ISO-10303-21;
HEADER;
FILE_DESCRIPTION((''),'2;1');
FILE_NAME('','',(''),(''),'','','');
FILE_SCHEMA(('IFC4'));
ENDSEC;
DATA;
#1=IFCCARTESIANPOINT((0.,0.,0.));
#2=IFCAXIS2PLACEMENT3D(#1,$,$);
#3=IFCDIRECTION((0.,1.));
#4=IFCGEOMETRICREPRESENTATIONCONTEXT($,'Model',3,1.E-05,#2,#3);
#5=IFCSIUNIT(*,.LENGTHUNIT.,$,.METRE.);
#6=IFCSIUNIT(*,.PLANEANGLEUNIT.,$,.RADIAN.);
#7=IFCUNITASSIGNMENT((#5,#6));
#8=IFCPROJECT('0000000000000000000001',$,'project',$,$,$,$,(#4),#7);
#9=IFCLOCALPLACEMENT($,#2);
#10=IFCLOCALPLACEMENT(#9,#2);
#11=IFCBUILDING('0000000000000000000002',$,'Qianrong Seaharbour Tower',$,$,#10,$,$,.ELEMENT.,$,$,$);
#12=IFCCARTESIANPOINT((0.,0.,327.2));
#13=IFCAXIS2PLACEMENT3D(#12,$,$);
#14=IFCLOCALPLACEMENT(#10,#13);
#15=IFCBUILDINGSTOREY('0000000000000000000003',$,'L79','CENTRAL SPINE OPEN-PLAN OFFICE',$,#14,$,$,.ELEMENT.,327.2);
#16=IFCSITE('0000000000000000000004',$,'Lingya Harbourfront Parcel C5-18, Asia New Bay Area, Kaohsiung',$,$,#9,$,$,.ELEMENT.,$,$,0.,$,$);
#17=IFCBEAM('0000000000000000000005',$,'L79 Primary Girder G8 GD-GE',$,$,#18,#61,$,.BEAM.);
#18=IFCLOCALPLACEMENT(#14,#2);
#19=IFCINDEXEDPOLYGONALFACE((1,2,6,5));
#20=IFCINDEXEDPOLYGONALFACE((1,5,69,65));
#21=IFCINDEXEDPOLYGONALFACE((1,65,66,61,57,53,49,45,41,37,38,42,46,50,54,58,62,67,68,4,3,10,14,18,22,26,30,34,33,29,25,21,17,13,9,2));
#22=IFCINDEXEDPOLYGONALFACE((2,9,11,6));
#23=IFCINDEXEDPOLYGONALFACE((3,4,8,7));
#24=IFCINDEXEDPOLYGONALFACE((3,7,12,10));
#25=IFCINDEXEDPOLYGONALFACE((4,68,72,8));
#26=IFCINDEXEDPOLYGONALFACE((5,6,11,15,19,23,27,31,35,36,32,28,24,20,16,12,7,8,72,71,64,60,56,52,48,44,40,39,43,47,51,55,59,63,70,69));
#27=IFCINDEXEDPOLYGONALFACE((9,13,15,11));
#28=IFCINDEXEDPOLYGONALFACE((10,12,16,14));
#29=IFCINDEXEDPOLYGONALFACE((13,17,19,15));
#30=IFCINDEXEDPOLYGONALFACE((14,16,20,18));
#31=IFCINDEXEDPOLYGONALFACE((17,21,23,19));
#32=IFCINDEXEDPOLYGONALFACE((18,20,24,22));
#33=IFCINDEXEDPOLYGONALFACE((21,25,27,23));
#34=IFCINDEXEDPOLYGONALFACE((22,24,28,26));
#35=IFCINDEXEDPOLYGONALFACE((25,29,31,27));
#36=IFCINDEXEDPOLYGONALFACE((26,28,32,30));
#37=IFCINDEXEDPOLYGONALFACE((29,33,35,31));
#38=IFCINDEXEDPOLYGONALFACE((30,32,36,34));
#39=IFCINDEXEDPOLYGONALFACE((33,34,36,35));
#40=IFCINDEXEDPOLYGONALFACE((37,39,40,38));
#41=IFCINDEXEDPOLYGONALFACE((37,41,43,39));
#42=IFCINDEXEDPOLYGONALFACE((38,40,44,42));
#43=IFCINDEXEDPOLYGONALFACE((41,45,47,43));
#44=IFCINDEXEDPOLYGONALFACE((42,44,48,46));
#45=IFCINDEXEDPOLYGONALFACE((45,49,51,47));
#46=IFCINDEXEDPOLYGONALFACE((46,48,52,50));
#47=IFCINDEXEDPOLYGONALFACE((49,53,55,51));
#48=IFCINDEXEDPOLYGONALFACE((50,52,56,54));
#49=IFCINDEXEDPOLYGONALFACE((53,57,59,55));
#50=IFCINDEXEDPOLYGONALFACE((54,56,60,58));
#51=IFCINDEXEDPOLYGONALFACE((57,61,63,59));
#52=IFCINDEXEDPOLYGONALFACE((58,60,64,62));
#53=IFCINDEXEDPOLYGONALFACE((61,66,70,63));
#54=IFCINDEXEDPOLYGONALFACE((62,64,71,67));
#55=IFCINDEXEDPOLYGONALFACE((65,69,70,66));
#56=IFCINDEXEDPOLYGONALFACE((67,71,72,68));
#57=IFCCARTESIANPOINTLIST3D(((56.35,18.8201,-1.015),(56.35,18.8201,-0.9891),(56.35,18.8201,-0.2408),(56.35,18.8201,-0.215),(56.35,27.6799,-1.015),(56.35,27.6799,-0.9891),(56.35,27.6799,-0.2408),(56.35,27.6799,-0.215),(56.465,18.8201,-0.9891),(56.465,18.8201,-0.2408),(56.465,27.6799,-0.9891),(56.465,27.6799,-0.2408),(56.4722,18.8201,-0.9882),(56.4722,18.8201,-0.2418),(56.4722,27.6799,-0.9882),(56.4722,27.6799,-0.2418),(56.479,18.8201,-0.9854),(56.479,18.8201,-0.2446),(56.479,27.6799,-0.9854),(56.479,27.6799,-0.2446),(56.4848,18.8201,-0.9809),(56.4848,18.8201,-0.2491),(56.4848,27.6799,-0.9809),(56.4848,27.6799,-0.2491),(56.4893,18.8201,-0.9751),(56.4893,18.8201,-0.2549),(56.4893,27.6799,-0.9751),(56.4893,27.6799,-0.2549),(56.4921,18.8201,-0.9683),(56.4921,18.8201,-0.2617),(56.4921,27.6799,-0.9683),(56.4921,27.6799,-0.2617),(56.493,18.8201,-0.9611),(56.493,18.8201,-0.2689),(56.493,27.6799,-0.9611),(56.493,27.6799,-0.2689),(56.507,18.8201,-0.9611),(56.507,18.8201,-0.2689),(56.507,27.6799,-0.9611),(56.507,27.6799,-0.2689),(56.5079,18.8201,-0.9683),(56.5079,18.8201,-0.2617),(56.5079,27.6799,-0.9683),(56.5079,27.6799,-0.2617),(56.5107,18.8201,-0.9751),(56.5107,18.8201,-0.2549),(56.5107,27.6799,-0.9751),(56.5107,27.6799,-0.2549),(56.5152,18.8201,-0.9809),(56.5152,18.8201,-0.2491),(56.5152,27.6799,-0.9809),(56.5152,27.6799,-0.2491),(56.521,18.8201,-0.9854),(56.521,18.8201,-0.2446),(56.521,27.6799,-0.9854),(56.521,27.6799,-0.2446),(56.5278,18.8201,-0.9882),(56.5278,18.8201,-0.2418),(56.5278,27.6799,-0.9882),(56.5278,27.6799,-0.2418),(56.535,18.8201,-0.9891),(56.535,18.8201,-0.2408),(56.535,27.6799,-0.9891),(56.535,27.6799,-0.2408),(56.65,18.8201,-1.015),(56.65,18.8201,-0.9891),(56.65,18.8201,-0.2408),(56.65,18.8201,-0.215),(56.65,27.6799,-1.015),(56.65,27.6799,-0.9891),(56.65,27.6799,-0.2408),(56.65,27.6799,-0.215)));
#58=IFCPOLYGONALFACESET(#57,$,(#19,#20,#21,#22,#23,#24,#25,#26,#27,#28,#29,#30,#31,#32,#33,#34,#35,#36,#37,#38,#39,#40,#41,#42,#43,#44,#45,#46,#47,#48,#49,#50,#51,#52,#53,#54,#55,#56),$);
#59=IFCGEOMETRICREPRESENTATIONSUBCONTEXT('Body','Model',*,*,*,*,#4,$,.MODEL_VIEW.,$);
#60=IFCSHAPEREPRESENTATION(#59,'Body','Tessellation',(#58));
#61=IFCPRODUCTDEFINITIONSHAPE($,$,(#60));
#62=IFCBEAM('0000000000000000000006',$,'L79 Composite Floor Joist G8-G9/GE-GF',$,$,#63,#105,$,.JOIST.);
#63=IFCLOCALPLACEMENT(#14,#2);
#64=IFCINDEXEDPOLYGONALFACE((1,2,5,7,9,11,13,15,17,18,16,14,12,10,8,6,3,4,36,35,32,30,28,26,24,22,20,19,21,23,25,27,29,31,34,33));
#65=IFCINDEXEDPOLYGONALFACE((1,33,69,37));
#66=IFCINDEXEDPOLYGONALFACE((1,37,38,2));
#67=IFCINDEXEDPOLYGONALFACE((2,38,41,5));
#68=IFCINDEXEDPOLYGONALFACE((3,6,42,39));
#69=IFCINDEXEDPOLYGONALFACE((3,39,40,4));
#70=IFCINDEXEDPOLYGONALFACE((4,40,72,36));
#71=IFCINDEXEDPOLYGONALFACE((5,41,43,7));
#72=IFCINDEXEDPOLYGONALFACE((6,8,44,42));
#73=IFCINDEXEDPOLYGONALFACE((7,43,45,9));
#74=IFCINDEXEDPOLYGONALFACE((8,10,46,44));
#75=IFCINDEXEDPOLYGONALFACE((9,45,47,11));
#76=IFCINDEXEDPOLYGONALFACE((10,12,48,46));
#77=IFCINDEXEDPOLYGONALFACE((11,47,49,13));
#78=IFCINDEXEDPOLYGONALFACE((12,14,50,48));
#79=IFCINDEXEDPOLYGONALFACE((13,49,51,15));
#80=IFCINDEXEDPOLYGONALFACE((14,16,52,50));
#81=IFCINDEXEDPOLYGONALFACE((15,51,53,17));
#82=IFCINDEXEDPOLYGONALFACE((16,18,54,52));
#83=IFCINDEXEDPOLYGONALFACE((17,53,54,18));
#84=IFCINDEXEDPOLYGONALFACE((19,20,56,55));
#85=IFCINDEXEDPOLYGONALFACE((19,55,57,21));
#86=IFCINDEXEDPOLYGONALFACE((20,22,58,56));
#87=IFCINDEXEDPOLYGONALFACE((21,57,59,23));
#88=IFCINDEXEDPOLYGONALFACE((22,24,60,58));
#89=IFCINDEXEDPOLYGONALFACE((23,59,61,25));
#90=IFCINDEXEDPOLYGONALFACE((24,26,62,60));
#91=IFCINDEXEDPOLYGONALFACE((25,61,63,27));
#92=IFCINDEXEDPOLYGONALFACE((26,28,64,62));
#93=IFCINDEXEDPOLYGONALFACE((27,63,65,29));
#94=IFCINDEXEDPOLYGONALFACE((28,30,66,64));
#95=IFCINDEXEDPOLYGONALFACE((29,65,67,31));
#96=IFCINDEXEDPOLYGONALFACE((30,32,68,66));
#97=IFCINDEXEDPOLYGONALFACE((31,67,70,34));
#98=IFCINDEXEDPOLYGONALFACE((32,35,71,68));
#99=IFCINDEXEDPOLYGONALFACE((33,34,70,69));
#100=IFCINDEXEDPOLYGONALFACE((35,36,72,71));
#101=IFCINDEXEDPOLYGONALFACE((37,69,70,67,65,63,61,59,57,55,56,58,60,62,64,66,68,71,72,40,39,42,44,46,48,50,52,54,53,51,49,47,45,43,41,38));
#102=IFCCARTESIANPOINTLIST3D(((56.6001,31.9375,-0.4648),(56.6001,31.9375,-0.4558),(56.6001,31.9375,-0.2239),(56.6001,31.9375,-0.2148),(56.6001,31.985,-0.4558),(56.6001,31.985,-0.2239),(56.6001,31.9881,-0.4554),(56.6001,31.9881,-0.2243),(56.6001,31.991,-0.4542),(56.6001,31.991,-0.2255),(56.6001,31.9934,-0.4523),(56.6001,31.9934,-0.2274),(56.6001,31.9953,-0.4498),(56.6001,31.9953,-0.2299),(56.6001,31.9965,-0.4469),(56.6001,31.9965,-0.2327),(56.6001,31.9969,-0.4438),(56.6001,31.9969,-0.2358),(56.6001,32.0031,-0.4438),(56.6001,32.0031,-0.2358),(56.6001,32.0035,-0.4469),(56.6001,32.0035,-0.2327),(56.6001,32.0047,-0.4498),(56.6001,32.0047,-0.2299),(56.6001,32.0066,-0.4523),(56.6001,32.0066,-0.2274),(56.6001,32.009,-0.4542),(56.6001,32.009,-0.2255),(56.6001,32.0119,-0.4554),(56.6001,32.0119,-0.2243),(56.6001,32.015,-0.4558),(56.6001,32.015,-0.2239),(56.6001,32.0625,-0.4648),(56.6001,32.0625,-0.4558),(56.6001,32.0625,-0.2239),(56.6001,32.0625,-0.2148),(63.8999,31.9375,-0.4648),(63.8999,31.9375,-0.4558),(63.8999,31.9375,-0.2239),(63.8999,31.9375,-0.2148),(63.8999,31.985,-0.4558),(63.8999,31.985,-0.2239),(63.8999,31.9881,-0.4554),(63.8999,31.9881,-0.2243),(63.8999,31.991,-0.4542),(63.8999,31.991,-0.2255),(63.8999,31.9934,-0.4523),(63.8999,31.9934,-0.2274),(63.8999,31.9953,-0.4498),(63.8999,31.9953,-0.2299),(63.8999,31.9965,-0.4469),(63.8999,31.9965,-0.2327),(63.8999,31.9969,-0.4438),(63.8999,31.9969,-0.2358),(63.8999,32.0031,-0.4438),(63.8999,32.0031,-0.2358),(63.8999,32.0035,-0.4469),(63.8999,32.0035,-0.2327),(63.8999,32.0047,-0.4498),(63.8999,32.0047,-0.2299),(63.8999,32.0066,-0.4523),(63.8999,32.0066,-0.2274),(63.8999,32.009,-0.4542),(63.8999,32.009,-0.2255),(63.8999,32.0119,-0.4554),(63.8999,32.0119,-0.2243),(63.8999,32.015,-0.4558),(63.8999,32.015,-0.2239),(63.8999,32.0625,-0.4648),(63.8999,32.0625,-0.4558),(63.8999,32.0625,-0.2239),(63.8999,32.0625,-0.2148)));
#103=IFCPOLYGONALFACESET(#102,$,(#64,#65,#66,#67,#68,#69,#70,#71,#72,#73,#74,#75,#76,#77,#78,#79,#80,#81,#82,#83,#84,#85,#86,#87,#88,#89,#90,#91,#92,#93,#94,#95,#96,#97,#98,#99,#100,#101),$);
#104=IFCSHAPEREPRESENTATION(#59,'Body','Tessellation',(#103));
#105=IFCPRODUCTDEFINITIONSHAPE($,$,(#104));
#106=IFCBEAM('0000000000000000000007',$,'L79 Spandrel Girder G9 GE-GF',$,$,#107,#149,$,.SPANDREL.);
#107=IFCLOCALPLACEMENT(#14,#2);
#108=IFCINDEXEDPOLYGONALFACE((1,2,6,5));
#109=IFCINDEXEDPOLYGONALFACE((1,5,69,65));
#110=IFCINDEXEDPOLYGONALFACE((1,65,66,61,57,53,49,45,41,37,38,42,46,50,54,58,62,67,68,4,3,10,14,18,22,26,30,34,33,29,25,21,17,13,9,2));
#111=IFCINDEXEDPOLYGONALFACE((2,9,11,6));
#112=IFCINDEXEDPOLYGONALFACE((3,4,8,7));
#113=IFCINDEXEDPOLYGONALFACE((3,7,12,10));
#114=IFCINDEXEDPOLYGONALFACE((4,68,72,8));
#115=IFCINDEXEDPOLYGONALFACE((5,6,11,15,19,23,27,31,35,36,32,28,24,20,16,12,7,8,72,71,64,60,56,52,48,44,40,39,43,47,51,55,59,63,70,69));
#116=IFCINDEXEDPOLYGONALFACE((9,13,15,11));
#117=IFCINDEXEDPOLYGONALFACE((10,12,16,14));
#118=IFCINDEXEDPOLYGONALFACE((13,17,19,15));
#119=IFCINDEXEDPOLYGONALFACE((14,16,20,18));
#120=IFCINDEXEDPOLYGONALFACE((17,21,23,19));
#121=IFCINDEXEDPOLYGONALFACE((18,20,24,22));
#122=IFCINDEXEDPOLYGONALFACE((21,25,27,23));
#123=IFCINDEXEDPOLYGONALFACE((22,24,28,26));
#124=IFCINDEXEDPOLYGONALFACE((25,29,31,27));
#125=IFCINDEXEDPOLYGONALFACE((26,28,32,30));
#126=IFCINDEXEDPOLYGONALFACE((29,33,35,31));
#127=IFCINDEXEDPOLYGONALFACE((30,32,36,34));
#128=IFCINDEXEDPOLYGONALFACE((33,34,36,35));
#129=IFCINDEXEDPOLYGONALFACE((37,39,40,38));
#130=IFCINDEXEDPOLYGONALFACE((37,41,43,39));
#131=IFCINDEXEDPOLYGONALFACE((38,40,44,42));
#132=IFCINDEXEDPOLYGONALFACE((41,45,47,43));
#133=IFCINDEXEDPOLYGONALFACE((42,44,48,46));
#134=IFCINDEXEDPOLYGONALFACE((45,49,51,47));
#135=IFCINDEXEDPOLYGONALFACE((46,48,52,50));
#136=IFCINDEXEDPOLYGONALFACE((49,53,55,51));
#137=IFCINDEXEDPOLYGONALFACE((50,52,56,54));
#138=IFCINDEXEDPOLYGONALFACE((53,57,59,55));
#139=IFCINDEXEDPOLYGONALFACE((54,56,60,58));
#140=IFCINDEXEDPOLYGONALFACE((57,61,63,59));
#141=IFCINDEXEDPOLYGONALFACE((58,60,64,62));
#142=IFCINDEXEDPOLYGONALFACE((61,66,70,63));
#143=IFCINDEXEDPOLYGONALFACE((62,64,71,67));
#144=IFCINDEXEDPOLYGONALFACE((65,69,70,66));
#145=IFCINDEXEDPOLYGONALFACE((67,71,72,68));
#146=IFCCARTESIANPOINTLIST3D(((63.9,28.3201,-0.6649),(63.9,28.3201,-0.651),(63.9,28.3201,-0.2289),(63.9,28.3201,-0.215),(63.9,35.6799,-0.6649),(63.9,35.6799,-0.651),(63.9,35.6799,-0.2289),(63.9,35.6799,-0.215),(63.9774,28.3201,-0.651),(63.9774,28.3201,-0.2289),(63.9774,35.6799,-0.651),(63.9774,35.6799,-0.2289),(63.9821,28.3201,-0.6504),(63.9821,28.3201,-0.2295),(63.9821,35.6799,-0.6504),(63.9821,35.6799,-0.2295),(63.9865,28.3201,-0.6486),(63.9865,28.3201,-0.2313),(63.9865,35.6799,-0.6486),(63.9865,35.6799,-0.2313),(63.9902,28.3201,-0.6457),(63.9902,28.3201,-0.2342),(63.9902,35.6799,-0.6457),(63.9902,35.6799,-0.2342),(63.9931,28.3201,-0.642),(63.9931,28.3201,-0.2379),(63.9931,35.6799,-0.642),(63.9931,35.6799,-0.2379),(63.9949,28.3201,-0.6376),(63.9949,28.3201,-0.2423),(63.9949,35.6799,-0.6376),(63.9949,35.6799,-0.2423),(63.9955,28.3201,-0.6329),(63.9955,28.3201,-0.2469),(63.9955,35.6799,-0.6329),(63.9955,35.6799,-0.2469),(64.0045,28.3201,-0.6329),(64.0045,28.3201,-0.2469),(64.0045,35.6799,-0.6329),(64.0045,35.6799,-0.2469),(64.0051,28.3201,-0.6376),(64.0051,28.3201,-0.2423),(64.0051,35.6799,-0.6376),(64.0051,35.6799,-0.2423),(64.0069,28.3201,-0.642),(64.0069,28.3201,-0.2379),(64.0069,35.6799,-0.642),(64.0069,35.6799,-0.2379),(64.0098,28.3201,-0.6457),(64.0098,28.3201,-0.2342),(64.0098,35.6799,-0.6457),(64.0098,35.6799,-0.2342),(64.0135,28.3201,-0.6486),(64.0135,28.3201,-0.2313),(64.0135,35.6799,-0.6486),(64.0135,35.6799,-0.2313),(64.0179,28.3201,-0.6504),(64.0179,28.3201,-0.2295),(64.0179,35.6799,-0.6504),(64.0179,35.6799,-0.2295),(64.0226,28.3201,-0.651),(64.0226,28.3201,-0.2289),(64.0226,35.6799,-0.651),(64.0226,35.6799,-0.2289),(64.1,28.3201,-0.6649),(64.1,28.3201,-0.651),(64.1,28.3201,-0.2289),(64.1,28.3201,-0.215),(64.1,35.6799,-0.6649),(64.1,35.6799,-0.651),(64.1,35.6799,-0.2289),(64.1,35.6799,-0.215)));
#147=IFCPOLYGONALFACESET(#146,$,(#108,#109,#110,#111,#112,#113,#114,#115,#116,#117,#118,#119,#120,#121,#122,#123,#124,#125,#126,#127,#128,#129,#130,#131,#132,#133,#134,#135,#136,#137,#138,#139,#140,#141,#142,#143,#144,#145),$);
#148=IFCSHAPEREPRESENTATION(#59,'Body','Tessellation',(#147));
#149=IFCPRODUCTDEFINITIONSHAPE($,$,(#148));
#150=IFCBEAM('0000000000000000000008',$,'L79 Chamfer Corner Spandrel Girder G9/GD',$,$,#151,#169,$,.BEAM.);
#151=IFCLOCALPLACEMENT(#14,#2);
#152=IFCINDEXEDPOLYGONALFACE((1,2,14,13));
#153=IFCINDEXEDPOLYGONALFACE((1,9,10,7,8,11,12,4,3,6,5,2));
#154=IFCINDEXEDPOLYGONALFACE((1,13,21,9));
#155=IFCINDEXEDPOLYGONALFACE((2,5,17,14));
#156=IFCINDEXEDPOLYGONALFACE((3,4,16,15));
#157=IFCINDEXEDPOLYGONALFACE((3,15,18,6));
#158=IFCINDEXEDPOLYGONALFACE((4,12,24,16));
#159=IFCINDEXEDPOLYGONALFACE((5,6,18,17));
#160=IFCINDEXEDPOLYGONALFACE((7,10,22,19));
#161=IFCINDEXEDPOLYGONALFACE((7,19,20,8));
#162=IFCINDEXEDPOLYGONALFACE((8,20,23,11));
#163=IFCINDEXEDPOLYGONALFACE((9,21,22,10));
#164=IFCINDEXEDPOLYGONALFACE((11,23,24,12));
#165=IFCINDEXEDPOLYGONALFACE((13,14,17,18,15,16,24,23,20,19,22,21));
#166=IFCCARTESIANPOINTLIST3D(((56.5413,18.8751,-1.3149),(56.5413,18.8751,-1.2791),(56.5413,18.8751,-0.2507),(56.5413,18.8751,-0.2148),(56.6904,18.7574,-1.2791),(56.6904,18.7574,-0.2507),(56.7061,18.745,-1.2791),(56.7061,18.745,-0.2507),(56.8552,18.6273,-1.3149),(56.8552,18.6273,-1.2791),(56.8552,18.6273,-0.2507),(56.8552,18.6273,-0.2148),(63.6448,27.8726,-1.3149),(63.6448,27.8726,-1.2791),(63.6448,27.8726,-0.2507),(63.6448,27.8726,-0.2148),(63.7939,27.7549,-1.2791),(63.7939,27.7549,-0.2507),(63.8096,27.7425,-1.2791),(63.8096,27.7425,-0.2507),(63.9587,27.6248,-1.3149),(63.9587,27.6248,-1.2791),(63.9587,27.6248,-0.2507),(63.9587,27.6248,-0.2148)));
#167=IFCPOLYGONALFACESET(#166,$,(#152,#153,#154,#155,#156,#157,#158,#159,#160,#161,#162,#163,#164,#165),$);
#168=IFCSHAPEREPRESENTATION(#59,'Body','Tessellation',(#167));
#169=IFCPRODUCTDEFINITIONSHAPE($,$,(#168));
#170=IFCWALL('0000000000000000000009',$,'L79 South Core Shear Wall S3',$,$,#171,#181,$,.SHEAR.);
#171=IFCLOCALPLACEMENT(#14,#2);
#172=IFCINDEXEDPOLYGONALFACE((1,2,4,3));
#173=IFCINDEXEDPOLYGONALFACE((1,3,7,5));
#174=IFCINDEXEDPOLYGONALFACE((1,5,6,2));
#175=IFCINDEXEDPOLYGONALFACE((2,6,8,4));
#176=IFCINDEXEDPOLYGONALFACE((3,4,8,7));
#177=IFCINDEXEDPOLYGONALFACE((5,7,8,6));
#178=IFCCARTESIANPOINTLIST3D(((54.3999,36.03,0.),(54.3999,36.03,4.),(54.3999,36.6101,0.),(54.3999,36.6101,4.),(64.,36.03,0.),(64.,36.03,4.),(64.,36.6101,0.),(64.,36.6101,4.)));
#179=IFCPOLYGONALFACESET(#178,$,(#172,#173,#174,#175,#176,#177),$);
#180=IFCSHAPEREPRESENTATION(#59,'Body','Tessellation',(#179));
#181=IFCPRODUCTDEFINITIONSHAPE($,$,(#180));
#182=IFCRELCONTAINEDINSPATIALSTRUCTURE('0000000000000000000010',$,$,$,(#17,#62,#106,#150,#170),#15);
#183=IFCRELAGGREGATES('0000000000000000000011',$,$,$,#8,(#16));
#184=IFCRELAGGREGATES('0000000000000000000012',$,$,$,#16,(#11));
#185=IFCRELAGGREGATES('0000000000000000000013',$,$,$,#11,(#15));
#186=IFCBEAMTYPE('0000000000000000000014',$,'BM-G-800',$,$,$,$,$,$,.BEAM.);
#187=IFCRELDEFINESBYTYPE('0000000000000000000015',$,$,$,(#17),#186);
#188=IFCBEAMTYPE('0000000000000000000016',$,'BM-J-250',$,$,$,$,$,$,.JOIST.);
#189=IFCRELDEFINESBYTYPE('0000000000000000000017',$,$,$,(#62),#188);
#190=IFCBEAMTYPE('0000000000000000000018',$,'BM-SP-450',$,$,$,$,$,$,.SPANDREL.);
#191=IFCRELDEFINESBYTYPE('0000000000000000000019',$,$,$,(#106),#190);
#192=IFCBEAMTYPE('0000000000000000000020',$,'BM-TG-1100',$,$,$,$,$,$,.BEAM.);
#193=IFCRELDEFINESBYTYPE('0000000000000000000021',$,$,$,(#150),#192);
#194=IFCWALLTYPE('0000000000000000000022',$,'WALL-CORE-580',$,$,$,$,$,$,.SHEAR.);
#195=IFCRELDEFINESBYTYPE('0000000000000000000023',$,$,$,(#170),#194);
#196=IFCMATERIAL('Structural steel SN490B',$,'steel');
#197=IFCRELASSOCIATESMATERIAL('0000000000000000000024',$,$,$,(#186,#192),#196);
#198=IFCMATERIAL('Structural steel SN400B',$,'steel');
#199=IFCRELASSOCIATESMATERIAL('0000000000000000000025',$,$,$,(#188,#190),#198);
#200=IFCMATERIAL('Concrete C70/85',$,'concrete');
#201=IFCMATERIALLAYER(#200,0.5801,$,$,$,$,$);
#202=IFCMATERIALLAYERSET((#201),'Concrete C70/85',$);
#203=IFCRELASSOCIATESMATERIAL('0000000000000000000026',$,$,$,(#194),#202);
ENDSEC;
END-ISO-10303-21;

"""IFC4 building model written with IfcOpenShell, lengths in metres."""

from ifc_helpers import new_model, si_unit, direction, frame, frame_2d, origin, origin_2d, place, context, subcontext, project, spatial, rectangle, i_section, extrude, material, layer, layer_set, material_profile, profile_set, type_object, element, save


model = new_model("IFC4")

# Units and contexts
model_context = context("Model", 3, precision=1e-05, world=origin(), true_north=direction((0.0, 1.0)))
body_context = subcontext(model_context, "Body", "Model", "MODEL_VIEW")
ifc_project = project(units=[si_unit("LENGTHUNIT", "METRE"), si_unit("PLANEANGLEUNIT", "RADIAN")], contexts=[model_context])

# Site, building, storey
site_placement = place(None, origin())
site = spatial("IfcSite", under=ifc_project, at=site_placement, Name="Lingya Harbourfront Parcel C5-18, Asia New Bay Area, Kaohsiung", CompositionType="ELEMENT", RefElevation=0.0)
building_placement = place(site_placement, origin())
building = spatial("IfcBuilding", under=site, at=building_placement, Name="Qianrong Seaharbour Tower", CompositionType="ELEMENT")
storey_placement = place(building_placement, frame((0.0, 0.0, 327.2)))
storey = spatial("IfcBuildingStorey", under=building, at=storey_placement, Name="L79", Description="CENTRAL SPINE OPEN-PLAN OFFICE", CompositionType="ELEMENT", Elevation=327.2)

# Shared definitions
ifc_material_1 = material(Name="Structural steel SN490B", Category="steel")
ifc_material_2 = material(Name="Structural steel SN400B", Category="steel")

# Beams
ifc_material_profile_1 = material_profile(ifc_material_1, i_section(OverallWidth=0.3, OverallDepth=0.8, WebThickness=0.0139, FlangeThickness=0.0259, FilletRadius=0.0281, at=origin_2d()), Name="H800x300x14x26")
ifc_profile_set_1 = profile_set([ifc_material_profile_1], Name="Structural steel SN490B")
beam_type_1 = type_object("IfcBeamType", Name="BM-G-800", PredefinedType="BEAM", material=ifc_profile_set_1)
beam_1_placement = place(storey_placement, frame((56.5, 18.8201, -0.615), z_axis=(0.0, 1.0, 0.0), x_axis=(-1.0, 0.0, 0.0)))
element("IfcBeam", 1, at=beam_1_placement, inside=storey, type_object=beam_type_1, Name="L79 Primary Girder G8 GD-GE", PredefinedType="BEAM", context=body_context, shape_type="SweptSolid", body=[
    extrude(i_section(OverallWidth=0.3, OverallDepth=0.8, WebThickness=0.0139, FlangeThickness=0.0259, FilletRadius=0.0281, at=origin_2d()), origin(), (0.0, 0.0, 1.0), 8.8599),
])
ifc_material_profile_2 = material_profile(ifc_material_2, i_section(OverallWidth=0.125, OverallDepth=0.25, WebThickness=0.0061, FlangeThickness=0.009, FilletRadius=0.012, at=origin_2d()), Name="H250x125x6x9")
ifc_profile_set_2 = profile_set([ifc_material_profile_2], Name="Structural steel SN400B")
beam_type_2 = type_object("IfcBeamType", Name="BM-J-250", PredefinedType="JOIST", material=ifc_profile_set_2)
beam_2_placement = place(storey_placement, frame((56.6001, 32.0, -0.3398), z_axis=(1.0, 0.0, 0.0), x_axis=(0.0, 1.0, 0.0)))
element("IfcBeam", 2, at=beam_2_placement, inside=storey, type_object=beam_type_2, Name="L79 Composite Floor Joist G8-G9/GE-GF", PredefinedType="JOIST", context=body_context, shape_type="SweptSolid", body=[
    extrude(i_section(OverallWidth=0.125, OverallDepth=0.25, WebThickness=0.0061, FlangeThickness=0.009, FilletRadius=0.012, at=origin_2d()), origin(), (0.0, 0.0, 1.0), 7.2998),
])
ifc_material_profile_3 = material_profile(ifc_material_2, i_section(OverallWidth=0.2, OverallDepth=0.45, WebThickness=0.009, FlangeThickness=0.0139, FilletRadius=0.0181, at=origin_2d()), Name="H450x200x9x14")
ifc_profile_set_3 = profile_set([ifc_material_profile_3], Name="Structural steel SN400B")
beam_type_3 = type_object("IfcBeamType", Name="BM-SP-450", PredefinedType="SPANDREL", material=ifc_profile_set_3)
beam_3_placement = place(storey_placement, frame((64.0, 28.3201, -0.4399), z_axis=(0.0, 1.0, 0.0), x_axis=(-1.0, 0.0, 0.0)))
element("IfcBeam", 3, at=beam_3_placement, inside=storey, type_object=beam_type_3, Name="L79 Spandrel Girder G9 GE-GF", PredefinedType="SPANDREL", context=body_context, shape_type="SweptSolid", body=[
    extrude(i_section(OverallWidth=0.2, OverallDepth=0.45, WebThickness=0.009, FlangeThickness=0.0139, FilletRadius=0.0181, at=origin_2d()), origin(), (0.0, 0.0, 1.0), 7.3599),
])
ifc_material_profile_4 = material_profile(ifc_material_1, i_section(OverallWidth=0.3999, OverallDepth=1.1001, WebThickness=0.02, FlangeThickness=0.0359, at=origin_2d()), Name="BH1100x400x20x36")
ifc_profile_set_4 = profile_set([ifc_material_profile_4], Name="Structural steel SN490B")
beam_type_4 = type_object("IfcBeamType", Name="BM-TG-1100", PredefinedType="BEAM", material=ifc_profile_set_4)
beam_4_placement = place(storey_placement, frame((56.6982, 18.7512, -0.7649), z_axis=(0.619654, 0.784875, 0.0), x_axis=(-0.784875, 0.619654, 0.0)))
element("IfcBeam", 4, at=beam_4_placement, inside=storey, type_object=beam_type_4, Name="L79 Chamfer Corner Spandrel Girder G9/GD", PredefinedType="BEAM", context=body_context, shape_type="SweptSolid", body=[
    extrude(i_section(OverallWidth=0.3999, OverallDepth=1.1001, WebThickness=0.02, FlangeThickness=0.0359, at=origin_2d()), origin(), (0.0, 0.0, 1.0), 11.4636),
])

# Wall
ifc_material_3 = material(Name="Concrete C70/85", Category="concrete")
ifc_layer_1 = layer(ifc_material_3, 0.5801)
ifc_layer_set_1 = layer_set([ifc_layer_1], Name="Concrete C70/85")
wall_type_1 = type_object("IfcWallType", Name="WALL-CORE-580", PredefinedType="SHEAR", material=ifc_layer_set_1)
wall_1_placement = place(storey_placement, frame((54.3999, 36.3201, 0.0), z_axis=(0.0, 0.0, 1.0), x_axis=(1.0, 0.0, 0.0)))
element("IfcWall", 5, at=wall_1_placement, inside=storey, type_object=wall_type_1, Name="L79 South Core Shear Wall S3", PredefinedType="SHEAR", context=body_context, shape_type="SweptSolid", body=[
    extrude(rectangle(XDim=9.6001, YDim=0.5801, at=frame_2d((4.8, 0.0))), origin(), (0.0, 0.0, 1.0), 4.0),
])

save(model, "model.ifc")
